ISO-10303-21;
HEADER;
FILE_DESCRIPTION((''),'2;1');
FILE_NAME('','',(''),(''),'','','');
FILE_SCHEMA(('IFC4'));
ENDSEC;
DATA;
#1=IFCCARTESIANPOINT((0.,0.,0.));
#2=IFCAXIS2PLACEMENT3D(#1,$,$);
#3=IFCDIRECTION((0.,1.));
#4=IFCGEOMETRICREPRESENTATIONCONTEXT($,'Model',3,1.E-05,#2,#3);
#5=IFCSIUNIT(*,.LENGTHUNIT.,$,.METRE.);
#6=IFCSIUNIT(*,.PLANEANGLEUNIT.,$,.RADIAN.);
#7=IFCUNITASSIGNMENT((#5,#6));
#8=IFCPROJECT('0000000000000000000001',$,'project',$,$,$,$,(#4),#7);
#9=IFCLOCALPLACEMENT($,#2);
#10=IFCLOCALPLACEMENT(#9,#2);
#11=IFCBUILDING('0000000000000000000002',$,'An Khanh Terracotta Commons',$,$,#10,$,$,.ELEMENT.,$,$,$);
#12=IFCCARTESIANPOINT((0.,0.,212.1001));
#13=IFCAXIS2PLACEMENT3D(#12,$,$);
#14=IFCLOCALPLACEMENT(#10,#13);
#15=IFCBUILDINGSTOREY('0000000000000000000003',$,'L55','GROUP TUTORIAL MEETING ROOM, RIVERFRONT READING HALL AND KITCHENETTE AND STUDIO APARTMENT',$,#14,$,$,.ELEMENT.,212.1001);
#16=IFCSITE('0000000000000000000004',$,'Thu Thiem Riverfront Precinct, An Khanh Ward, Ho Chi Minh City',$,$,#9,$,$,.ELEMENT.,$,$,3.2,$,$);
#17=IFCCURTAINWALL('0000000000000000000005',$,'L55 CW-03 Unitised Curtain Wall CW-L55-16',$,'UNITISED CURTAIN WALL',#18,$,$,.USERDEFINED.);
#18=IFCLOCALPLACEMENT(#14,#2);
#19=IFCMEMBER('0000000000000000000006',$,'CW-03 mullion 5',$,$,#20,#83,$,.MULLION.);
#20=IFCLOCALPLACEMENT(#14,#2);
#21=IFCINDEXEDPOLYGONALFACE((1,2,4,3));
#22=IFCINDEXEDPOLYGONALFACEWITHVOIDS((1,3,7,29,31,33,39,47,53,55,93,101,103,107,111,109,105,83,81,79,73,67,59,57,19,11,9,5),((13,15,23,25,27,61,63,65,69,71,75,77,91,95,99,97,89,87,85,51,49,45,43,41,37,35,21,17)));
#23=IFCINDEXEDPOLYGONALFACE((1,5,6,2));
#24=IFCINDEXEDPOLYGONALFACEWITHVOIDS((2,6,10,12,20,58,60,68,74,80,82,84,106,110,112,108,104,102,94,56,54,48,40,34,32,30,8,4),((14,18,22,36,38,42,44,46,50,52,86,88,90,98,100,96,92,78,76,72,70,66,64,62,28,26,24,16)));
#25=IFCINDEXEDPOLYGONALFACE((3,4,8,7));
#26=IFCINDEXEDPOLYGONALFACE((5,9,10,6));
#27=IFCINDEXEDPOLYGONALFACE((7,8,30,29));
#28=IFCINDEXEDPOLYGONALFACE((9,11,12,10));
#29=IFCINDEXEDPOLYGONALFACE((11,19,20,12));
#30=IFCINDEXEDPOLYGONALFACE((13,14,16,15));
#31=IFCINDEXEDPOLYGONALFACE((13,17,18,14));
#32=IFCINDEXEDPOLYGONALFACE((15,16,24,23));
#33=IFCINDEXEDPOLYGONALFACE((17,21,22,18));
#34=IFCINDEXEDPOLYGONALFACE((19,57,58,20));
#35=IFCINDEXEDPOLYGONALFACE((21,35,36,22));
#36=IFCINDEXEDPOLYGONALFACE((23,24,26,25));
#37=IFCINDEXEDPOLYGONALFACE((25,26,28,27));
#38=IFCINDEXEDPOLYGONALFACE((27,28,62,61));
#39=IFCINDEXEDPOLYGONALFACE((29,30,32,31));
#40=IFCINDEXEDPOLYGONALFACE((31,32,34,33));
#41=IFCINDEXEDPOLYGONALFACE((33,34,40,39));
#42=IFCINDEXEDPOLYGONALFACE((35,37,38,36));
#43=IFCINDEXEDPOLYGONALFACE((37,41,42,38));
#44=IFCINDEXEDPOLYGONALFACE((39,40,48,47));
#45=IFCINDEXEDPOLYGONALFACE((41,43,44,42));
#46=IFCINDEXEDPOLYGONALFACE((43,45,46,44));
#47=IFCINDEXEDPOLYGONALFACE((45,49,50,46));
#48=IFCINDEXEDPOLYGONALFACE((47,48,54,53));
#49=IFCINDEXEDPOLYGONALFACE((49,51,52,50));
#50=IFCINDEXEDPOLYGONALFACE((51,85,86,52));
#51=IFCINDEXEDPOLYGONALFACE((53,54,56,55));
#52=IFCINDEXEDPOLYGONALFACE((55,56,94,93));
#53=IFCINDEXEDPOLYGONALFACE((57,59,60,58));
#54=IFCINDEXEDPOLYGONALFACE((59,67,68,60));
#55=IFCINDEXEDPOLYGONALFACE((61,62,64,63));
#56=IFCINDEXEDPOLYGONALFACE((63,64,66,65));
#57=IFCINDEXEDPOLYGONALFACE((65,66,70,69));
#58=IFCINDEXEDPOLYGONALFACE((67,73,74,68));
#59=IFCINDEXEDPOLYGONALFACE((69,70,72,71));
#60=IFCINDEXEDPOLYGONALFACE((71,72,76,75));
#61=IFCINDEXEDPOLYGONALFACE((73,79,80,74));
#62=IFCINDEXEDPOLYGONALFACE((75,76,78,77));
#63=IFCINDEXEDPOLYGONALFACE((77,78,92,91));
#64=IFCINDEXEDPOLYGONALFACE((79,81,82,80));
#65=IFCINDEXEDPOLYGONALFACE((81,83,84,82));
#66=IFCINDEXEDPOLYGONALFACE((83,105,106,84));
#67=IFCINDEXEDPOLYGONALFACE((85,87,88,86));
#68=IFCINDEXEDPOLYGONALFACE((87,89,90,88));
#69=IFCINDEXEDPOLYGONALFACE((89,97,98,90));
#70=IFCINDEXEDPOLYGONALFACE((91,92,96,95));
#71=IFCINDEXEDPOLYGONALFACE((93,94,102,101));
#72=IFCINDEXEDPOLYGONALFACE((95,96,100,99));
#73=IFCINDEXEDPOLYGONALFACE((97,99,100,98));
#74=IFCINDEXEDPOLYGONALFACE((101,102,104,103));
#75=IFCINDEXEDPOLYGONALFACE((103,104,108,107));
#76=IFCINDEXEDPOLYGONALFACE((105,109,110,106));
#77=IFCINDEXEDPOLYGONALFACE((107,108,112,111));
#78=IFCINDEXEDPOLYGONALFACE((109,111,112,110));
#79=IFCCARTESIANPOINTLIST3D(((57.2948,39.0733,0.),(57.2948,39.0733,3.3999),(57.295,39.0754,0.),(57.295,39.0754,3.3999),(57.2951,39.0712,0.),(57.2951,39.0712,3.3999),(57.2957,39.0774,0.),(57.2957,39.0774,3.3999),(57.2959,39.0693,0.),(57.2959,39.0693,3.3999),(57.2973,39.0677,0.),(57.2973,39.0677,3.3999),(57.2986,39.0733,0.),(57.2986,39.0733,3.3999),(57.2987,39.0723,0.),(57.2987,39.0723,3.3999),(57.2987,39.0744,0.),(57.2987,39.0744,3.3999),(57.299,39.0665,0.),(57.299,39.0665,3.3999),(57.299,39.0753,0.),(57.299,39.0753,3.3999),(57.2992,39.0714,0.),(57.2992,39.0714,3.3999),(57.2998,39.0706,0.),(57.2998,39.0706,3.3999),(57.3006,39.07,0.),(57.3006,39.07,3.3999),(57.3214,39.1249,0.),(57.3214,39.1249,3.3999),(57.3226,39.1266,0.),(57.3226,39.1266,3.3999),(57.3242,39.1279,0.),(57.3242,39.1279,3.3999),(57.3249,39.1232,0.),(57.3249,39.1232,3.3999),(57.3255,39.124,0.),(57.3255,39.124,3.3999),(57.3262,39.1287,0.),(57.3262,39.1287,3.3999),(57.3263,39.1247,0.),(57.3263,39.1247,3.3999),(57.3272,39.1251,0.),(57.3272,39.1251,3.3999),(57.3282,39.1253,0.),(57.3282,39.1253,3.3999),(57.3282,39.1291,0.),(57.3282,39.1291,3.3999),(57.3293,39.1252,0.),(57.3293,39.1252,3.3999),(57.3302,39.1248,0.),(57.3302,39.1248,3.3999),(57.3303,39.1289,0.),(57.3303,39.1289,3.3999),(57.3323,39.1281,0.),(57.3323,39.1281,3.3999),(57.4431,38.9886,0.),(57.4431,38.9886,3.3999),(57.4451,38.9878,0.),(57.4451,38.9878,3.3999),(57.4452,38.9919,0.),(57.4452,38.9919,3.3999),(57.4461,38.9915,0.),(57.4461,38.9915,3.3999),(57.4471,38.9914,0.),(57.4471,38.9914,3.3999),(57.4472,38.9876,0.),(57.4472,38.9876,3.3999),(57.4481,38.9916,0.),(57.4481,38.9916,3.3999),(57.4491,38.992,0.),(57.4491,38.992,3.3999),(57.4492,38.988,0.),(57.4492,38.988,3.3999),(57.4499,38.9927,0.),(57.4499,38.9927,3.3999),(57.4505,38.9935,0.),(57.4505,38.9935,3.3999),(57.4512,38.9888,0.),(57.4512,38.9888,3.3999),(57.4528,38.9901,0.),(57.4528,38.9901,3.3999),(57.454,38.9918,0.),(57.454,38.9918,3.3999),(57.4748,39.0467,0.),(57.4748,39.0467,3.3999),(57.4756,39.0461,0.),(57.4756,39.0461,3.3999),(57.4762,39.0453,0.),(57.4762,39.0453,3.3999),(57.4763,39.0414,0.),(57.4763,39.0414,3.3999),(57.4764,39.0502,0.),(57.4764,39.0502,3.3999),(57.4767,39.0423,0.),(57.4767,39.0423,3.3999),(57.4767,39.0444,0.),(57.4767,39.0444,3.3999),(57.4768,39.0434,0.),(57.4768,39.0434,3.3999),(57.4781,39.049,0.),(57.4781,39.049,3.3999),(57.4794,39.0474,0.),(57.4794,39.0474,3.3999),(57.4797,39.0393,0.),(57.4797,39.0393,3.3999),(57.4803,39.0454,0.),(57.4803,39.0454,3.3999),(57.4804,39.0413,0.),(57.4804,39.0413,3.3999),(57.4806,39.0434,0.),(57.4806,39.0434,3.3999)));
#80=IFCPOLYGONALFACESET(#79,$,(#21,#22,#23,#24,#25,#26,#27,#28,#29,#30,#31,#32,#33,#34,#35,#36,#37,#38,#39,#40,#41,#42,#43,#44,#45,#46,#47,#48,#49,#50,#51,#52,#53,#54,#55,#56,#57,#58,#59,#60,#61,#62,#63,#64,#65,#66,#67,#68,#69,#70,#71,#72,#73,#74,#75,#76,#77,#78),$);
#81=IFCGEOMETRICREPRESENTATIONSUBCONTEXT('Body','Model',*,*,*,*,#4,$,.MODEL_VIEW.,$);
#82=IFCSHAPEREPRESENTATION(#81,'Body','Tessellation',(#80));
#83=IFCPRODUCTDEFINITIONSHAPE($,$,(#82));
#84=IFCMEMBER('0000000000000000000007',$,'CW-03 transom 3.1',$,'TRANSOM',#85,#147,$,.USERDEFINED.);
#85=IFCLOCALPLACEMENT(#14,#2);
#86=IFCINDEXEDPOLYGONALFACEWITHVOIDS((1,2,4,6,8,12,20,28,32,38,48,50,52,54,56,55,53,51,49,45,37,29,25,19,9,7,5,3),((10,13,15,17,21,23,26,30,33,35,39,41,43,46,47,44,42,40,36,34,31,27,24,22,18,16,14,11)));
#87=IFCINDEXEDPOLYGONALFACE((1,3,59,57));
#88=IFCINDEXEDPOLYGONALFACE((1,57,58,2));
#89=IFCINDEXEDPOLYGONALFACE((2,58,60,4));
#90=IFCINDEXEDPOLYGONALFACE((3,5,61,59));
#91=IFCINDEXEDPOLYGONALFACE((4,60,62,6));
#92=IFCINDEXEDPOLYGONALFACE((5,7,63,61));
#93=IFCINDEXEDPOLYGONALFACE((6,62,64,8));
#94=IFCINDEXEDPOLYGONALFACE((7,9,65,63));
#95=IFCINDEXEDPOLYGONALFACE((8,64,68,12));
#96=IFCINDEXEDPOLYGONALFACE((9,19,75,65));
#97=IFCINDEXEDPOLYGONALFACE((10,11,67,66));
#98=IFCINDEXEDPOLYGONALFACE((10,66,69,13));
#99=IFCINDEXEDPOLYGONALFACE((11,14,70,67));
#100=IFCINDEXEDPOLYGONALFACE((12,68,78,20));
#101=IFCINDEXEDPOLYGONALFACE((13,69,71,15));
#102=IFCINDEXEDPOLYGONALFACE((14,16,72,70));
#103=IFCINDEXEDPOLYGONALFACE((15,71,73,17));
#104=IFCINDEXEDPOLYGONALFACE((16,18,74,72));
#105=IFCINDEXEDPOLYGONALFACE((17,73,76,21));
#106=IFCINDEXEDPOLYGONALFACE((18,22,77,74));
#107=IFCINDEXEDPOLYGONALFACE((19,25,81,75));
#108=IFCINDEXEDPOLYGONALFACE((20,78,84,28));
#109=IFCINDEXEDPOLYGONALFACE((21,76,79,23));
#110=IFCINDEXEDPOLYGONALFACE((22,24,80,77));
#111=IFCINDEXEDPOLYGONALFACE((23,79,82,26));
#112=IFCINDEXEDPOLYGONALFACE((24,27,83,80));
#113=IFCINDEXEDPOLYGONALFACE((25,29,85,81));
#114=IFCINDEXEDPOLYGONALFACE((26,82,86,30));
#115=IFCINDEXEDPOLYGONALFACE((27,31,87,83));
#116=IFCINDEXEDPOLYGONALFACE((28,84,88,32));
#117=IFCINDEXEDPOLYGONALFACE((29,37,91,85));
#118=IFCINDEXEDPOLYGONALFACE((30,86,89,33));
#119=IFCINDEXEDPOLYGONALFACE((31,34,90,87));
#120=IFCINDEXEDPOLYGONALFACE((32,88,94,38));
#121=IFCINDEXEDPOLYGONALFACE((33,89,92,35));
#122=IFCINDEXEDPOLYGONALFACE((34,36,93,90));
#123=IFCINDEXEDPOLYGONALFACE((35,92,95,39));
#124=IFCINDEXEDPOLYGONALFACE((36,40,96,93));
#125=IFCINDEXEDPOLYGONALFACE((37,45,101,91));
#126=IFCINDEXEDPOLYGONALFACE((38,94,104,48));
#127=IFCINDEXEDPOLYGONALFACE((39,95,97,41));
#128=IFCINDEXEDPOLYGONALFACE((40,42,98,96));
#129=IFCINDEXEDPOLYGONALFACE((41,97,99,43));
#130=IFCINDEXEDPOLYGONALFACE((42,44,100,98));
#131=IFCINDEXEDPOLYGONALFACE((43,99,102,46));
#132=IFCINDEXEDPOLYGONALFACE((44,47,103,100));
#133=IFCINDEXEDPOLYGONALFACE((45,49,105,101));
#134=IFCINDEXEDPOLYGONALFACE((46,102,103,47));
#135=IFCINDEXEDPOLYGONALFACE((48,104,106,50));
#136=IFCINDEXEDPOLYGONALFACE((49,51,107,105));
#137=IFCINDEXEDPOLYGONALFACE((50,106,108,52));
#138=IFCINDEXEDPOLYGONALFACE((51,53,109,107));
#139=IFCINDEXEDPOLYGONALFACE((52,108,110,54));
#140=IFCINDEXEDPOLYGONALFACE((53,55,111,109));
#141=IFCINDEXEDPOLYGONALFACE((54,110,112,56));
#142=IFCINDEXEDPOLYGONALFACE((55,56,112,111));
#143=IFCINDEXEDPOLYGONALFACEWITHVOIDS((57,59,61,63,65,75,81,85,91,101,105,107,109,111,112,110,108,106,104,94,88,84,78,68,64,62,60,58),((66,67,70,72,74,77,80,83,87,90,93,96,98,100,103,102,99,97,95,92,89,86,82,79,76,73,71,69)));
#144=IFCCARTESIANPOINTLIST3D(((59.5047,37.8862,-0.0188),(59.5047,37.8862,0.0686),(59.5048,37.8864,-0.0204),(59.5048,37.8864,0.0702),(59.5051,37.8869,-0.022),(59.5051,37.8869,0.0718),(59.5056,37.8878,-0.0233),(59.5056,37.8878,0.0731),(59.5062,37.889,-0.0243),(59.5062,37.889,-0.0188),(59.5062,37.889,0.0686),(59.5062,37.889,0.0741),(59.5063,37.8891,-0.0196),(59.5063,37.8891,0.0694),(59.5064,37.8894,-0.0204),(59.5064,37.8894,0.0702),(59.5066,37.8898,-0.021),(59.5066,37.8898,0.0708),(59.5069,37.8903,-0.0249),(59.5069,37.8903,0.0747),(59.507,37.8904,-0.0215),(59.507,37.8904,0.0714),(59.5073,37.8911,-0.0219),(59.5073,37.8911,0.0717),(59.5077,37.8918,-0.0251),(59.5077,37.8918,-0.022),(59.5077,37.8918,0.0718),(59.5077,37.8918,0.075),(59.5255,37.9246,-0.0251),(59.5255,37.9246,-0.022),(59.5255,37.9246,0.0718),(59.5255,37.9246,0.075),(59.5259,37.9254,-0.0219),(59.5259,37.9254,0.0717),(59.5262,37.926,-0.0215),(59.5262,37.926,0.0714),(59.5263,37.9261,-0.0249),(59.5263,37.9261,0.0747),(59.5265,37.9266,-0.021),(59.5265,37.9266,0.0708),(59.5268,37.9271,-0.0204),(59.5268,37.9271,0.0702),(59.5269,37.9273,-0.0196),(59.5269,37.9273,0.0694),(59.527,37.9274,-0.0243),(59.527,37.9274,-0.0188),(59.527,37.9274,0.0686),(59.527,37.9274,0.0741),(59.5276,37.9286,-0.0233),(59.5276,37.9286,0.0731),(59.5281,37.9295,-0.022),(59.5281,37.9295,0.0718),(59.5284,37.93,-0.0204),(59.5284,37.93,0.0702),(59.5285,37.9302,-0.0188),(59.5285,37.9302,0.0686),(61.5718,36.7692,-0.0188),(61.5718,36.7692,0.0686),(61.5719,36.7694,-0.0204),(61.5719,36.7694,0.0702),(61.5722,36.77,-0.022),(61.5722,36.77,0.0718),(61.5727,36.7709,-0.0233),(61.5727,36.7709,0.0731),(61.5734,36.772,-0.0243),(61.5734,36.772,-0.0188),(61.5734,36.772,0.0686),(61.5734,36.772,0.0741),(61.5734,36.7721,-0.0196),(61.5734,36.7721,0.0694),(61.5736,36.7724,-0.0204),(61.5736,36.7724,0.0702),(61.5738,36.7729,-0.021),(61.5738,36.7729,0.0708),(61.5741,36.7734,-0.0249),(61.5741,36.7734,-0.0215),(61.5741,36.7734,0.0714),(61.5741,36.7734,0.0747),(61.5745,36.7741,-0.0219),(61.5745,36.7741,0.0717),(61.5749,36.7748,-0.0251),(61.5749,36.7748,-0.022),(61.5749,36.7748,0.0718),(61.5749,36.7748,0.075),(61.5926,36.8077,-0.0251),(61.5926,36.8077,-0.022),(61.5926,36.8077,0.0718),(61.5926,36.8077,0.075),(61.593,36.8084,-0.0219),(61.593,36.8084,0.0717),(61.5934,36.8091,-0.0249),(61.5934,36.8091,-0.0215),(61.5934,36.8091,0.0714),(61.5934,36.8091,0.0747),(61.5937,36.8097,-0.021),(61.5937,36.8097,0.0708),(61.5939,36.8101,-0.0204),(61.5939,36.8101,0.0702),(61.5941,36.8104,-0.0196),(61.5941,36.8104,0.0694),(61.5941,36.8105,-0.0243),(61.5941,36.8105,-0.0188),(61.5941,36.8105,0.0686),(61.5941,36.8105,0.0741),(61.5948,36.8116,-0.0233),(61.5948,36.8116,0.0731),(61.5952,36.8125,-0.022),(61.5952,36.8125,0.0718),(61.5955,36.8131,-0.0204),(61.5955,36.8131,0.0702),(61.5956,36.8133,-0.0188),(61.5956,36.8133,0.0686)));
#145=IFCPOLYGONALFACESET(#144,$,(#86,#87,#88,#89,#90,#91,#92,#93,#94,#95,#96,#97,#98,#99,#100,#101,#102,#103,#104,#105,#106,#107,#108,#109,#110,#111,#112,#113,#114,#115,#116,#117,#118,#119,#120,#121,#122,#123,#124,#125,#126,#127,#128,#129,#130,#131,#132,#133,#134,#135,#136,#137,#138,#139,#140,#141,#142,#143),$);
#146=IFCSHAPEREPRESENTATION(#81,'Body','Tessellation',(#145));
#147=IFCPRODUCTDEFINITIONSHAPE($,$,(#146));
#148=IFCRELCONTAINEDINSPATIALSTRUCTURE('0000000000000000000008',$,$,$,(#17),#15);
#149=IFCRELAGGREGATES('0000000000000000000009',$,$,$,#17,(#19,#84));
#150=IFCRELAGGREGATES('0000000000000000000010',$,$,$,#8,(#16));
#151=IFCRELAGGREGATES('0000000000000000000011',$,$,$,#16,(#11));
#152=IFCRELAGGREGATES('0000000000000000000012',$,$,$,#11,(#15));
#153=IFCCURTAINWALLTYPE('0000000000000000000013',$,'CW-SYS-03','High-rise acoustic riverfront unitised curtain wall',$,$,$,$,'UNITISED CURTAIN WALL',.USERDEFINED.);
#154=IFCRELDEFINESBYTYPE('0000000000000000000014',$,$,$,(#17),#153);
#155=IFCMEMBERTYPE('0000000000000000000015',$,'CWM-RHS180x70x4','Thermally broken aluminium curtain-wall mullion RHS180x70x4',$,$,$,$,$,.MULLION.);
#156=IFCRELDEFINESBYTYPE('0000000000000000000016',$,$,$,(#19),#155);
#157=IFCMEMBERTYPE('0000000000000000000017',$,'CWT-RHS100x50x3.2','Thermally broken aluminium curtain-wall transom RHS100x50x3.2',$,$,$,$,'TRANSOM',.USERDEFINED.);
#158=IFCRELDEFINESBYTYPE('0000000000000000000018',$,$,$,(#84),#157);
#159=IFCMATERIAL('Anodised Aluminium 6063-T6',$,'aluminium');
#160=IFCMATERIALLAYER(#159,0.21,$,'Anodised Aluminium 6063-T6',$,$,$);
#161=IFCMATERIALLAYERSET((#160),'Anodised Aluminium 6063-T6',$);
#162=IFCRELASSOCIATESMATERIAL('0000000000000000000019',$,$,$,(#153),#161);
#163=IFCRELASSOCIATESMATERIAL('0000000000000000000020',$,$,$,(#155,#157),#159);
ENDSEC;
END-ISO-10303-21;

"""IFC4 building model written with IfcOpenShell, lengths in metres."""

from ifc_helpers import new_model, si_unit, direction, frame, origin, origin_2d, place, context, subcontext, project, spatial, hollow_rectangle, extrude, material, layer, layer_set, material_profile, profile_set, type_object, element, aggregate, save


model = new_model("IFC4")

# Units and contexts
model_context = context("Model", 3, precision=1e-05, world=origin(), true_north=direction((0.0, 1.0)))
body_context = subcontext(model_context, "Body", "Model", "MODEL_VIEW")
ifc_project = project(units=[si_unit("LENGTHUNIT", "METRE"), si_unit("PLANEANGLEUNIT", "RADIAN")], contexts=[model_context])

# Site, building, storey
site_placement = place(None, origin())
site = spatial("IfcSite", under=ifc_project, at=site_placement, Name="Thu Thiem Riverfront Precinct, An Khanh Ward, Ho Chi Minh City", CompositionType="ELEMENT", RefElevation=3.2)
building_placement = place(site_placement, origin())
building = spatial("IfcBuilding", under=site, at=building_placement, Name="An Khanh Terracotta Commons", CompositionType="ELEMENT")
storey_placement = place(building_placement, frame((0.0, 0.0, 212.1001)))
storey = spatial("IfcBuildingStorey", under=building, at=storey_placement, Name="L55", Description="GROUP TUTORIAL MEETING ROOM, RIVERFRONT READING HALL AND KITCHENETTE AND STUDIO APARTMENT", CompositionType="ELEMENT", Elevation=212.1001)

# Curtain wall, members
ifc_material_1 = material(Name="Anodised Aluminium 6063-T6", Category="aluminium")
ifc_layer_1 = layer(ifc_material_1, 0.21, Name="Anodised Aluminium 6063-T6")
ifc_layer_set_1 = layer_set([ifc_layer_1], Name="Anodised Aluminium 6063-T6")
curtain_wall_type = type_object("IfcCurtainWallType", Name="CW-SYS-03", Description="High-rise acoustic riverfront unitised curtain wall", ElementType="UNITISED CURTAIN WALL", PredefinedType="USERDEFINED", material=ifc_layer_set_1)
curtain_wall_placement = place(storey_placement, origin())
curtain_wall = element("IfcCurtainWall", 1, at=curtain_wall_placement, inside=storey, type_object=curtain_wall_type, Name="L55 CW-03 Unitised Curtain Wall CW-L55-16", ObjectType="UNITISED CURTAIN WALL", PredefinedType="USERDEFINED")
ifc_material_profile_1 = material_profile(ifc_material_1, hollow_rectangle(XDim=0.0701, YDim=0.1799, WallThickness=0.0039, InnerFilletRadius=0.0039, OuterFilletRadius=0.0081, at=origin_2d()), Name="RHS180x70x4")
ifc_profile_set_1 = profile_set([ifc_material_profile_1], Name="Anodised Aluminium 6063-T6")
member_type_1 = type_object("IfcMemberType", Name="CWM-RHS180x70x4", Description="Thermally broken aluminium curtain-wall mullion RHS180x70x4", PredefinedType="MULLION", material=ifc_profile_set_1)
member_1_placement = place(storey_placement, frame((57.3877, 39.0583, 0.0), z_axis=(0.0, 0.0, 1.0), x_axis=(-0.475381, -0.87978, 0.0)))
member_1 = element("IfcMember", 2, at=member_1_placement, type_object=member_type_1, Name="CW-03 mullion 5", PredefinedType="MULLION", context=body_context, shape_type="SweptSolid", body=[
    extrude(hollow_rectangle(XDim=0.0701, YDim=0.1799, WallThickness=0.0039, InnerFilletRadius=0.0039, OuterFilletRadius=0.0081, at=origin_2d()), origin(), (0.0, 0.0, 1.0), 3.3999),
])
ifc_material_profile_2 = material_profile(ifc_material_1, hollow_rectangle(XDim=0.05, YDim=0.1001, WallThickness=0.0032, InnerFilletRadius=0.0032, OuterFilletRadius=0.0063, at=origin_2d()), Name="RHS100x50x3.2")
ifc_profile_set_2 = profile_set([ifc_material_profile_2], Name="Anodised Aluminium 6063-T6")
member_type_2 = type_object("IfcMemberType", Name="CWT-RHS100x50x3.2", Description="Thermally broken aluminium curtain-wall transom RHS100x50x3.2", ElementType="TRANSOM", PredefinedType="USERDEFINED", material=ifc_profile_set_2)
member_2_placement = place(storey_placement, frame((61.5837, 36.7913, 0.0249), z_axis=(-0.879783, 0.475376, 0.0), x_axis=(-0.475376, -0.879783, 0.0)))
member_2 = element("IfcMember", 3, at=member_2_placement, type_object=member_type_2, Name="CW-03 transom 3.1", ObjectType="TRANSOM", PredefinedType="USERDEFINED", context=body_context, shape_type="SweptSolid", body=[
    extrude(hollow_rectangle(XDim=0.05, YDim=0.1001, WallThickness=0.0032, InnerFilletRadius=0.0032, OuterFilletRadius=0.0063, at=origin_2d()), origin(), (0.0, 0.0, 1.0), 2.3496),
])
aggregate(curtain_wall, [member_1, member_2])

save(model, "model.ifc")
